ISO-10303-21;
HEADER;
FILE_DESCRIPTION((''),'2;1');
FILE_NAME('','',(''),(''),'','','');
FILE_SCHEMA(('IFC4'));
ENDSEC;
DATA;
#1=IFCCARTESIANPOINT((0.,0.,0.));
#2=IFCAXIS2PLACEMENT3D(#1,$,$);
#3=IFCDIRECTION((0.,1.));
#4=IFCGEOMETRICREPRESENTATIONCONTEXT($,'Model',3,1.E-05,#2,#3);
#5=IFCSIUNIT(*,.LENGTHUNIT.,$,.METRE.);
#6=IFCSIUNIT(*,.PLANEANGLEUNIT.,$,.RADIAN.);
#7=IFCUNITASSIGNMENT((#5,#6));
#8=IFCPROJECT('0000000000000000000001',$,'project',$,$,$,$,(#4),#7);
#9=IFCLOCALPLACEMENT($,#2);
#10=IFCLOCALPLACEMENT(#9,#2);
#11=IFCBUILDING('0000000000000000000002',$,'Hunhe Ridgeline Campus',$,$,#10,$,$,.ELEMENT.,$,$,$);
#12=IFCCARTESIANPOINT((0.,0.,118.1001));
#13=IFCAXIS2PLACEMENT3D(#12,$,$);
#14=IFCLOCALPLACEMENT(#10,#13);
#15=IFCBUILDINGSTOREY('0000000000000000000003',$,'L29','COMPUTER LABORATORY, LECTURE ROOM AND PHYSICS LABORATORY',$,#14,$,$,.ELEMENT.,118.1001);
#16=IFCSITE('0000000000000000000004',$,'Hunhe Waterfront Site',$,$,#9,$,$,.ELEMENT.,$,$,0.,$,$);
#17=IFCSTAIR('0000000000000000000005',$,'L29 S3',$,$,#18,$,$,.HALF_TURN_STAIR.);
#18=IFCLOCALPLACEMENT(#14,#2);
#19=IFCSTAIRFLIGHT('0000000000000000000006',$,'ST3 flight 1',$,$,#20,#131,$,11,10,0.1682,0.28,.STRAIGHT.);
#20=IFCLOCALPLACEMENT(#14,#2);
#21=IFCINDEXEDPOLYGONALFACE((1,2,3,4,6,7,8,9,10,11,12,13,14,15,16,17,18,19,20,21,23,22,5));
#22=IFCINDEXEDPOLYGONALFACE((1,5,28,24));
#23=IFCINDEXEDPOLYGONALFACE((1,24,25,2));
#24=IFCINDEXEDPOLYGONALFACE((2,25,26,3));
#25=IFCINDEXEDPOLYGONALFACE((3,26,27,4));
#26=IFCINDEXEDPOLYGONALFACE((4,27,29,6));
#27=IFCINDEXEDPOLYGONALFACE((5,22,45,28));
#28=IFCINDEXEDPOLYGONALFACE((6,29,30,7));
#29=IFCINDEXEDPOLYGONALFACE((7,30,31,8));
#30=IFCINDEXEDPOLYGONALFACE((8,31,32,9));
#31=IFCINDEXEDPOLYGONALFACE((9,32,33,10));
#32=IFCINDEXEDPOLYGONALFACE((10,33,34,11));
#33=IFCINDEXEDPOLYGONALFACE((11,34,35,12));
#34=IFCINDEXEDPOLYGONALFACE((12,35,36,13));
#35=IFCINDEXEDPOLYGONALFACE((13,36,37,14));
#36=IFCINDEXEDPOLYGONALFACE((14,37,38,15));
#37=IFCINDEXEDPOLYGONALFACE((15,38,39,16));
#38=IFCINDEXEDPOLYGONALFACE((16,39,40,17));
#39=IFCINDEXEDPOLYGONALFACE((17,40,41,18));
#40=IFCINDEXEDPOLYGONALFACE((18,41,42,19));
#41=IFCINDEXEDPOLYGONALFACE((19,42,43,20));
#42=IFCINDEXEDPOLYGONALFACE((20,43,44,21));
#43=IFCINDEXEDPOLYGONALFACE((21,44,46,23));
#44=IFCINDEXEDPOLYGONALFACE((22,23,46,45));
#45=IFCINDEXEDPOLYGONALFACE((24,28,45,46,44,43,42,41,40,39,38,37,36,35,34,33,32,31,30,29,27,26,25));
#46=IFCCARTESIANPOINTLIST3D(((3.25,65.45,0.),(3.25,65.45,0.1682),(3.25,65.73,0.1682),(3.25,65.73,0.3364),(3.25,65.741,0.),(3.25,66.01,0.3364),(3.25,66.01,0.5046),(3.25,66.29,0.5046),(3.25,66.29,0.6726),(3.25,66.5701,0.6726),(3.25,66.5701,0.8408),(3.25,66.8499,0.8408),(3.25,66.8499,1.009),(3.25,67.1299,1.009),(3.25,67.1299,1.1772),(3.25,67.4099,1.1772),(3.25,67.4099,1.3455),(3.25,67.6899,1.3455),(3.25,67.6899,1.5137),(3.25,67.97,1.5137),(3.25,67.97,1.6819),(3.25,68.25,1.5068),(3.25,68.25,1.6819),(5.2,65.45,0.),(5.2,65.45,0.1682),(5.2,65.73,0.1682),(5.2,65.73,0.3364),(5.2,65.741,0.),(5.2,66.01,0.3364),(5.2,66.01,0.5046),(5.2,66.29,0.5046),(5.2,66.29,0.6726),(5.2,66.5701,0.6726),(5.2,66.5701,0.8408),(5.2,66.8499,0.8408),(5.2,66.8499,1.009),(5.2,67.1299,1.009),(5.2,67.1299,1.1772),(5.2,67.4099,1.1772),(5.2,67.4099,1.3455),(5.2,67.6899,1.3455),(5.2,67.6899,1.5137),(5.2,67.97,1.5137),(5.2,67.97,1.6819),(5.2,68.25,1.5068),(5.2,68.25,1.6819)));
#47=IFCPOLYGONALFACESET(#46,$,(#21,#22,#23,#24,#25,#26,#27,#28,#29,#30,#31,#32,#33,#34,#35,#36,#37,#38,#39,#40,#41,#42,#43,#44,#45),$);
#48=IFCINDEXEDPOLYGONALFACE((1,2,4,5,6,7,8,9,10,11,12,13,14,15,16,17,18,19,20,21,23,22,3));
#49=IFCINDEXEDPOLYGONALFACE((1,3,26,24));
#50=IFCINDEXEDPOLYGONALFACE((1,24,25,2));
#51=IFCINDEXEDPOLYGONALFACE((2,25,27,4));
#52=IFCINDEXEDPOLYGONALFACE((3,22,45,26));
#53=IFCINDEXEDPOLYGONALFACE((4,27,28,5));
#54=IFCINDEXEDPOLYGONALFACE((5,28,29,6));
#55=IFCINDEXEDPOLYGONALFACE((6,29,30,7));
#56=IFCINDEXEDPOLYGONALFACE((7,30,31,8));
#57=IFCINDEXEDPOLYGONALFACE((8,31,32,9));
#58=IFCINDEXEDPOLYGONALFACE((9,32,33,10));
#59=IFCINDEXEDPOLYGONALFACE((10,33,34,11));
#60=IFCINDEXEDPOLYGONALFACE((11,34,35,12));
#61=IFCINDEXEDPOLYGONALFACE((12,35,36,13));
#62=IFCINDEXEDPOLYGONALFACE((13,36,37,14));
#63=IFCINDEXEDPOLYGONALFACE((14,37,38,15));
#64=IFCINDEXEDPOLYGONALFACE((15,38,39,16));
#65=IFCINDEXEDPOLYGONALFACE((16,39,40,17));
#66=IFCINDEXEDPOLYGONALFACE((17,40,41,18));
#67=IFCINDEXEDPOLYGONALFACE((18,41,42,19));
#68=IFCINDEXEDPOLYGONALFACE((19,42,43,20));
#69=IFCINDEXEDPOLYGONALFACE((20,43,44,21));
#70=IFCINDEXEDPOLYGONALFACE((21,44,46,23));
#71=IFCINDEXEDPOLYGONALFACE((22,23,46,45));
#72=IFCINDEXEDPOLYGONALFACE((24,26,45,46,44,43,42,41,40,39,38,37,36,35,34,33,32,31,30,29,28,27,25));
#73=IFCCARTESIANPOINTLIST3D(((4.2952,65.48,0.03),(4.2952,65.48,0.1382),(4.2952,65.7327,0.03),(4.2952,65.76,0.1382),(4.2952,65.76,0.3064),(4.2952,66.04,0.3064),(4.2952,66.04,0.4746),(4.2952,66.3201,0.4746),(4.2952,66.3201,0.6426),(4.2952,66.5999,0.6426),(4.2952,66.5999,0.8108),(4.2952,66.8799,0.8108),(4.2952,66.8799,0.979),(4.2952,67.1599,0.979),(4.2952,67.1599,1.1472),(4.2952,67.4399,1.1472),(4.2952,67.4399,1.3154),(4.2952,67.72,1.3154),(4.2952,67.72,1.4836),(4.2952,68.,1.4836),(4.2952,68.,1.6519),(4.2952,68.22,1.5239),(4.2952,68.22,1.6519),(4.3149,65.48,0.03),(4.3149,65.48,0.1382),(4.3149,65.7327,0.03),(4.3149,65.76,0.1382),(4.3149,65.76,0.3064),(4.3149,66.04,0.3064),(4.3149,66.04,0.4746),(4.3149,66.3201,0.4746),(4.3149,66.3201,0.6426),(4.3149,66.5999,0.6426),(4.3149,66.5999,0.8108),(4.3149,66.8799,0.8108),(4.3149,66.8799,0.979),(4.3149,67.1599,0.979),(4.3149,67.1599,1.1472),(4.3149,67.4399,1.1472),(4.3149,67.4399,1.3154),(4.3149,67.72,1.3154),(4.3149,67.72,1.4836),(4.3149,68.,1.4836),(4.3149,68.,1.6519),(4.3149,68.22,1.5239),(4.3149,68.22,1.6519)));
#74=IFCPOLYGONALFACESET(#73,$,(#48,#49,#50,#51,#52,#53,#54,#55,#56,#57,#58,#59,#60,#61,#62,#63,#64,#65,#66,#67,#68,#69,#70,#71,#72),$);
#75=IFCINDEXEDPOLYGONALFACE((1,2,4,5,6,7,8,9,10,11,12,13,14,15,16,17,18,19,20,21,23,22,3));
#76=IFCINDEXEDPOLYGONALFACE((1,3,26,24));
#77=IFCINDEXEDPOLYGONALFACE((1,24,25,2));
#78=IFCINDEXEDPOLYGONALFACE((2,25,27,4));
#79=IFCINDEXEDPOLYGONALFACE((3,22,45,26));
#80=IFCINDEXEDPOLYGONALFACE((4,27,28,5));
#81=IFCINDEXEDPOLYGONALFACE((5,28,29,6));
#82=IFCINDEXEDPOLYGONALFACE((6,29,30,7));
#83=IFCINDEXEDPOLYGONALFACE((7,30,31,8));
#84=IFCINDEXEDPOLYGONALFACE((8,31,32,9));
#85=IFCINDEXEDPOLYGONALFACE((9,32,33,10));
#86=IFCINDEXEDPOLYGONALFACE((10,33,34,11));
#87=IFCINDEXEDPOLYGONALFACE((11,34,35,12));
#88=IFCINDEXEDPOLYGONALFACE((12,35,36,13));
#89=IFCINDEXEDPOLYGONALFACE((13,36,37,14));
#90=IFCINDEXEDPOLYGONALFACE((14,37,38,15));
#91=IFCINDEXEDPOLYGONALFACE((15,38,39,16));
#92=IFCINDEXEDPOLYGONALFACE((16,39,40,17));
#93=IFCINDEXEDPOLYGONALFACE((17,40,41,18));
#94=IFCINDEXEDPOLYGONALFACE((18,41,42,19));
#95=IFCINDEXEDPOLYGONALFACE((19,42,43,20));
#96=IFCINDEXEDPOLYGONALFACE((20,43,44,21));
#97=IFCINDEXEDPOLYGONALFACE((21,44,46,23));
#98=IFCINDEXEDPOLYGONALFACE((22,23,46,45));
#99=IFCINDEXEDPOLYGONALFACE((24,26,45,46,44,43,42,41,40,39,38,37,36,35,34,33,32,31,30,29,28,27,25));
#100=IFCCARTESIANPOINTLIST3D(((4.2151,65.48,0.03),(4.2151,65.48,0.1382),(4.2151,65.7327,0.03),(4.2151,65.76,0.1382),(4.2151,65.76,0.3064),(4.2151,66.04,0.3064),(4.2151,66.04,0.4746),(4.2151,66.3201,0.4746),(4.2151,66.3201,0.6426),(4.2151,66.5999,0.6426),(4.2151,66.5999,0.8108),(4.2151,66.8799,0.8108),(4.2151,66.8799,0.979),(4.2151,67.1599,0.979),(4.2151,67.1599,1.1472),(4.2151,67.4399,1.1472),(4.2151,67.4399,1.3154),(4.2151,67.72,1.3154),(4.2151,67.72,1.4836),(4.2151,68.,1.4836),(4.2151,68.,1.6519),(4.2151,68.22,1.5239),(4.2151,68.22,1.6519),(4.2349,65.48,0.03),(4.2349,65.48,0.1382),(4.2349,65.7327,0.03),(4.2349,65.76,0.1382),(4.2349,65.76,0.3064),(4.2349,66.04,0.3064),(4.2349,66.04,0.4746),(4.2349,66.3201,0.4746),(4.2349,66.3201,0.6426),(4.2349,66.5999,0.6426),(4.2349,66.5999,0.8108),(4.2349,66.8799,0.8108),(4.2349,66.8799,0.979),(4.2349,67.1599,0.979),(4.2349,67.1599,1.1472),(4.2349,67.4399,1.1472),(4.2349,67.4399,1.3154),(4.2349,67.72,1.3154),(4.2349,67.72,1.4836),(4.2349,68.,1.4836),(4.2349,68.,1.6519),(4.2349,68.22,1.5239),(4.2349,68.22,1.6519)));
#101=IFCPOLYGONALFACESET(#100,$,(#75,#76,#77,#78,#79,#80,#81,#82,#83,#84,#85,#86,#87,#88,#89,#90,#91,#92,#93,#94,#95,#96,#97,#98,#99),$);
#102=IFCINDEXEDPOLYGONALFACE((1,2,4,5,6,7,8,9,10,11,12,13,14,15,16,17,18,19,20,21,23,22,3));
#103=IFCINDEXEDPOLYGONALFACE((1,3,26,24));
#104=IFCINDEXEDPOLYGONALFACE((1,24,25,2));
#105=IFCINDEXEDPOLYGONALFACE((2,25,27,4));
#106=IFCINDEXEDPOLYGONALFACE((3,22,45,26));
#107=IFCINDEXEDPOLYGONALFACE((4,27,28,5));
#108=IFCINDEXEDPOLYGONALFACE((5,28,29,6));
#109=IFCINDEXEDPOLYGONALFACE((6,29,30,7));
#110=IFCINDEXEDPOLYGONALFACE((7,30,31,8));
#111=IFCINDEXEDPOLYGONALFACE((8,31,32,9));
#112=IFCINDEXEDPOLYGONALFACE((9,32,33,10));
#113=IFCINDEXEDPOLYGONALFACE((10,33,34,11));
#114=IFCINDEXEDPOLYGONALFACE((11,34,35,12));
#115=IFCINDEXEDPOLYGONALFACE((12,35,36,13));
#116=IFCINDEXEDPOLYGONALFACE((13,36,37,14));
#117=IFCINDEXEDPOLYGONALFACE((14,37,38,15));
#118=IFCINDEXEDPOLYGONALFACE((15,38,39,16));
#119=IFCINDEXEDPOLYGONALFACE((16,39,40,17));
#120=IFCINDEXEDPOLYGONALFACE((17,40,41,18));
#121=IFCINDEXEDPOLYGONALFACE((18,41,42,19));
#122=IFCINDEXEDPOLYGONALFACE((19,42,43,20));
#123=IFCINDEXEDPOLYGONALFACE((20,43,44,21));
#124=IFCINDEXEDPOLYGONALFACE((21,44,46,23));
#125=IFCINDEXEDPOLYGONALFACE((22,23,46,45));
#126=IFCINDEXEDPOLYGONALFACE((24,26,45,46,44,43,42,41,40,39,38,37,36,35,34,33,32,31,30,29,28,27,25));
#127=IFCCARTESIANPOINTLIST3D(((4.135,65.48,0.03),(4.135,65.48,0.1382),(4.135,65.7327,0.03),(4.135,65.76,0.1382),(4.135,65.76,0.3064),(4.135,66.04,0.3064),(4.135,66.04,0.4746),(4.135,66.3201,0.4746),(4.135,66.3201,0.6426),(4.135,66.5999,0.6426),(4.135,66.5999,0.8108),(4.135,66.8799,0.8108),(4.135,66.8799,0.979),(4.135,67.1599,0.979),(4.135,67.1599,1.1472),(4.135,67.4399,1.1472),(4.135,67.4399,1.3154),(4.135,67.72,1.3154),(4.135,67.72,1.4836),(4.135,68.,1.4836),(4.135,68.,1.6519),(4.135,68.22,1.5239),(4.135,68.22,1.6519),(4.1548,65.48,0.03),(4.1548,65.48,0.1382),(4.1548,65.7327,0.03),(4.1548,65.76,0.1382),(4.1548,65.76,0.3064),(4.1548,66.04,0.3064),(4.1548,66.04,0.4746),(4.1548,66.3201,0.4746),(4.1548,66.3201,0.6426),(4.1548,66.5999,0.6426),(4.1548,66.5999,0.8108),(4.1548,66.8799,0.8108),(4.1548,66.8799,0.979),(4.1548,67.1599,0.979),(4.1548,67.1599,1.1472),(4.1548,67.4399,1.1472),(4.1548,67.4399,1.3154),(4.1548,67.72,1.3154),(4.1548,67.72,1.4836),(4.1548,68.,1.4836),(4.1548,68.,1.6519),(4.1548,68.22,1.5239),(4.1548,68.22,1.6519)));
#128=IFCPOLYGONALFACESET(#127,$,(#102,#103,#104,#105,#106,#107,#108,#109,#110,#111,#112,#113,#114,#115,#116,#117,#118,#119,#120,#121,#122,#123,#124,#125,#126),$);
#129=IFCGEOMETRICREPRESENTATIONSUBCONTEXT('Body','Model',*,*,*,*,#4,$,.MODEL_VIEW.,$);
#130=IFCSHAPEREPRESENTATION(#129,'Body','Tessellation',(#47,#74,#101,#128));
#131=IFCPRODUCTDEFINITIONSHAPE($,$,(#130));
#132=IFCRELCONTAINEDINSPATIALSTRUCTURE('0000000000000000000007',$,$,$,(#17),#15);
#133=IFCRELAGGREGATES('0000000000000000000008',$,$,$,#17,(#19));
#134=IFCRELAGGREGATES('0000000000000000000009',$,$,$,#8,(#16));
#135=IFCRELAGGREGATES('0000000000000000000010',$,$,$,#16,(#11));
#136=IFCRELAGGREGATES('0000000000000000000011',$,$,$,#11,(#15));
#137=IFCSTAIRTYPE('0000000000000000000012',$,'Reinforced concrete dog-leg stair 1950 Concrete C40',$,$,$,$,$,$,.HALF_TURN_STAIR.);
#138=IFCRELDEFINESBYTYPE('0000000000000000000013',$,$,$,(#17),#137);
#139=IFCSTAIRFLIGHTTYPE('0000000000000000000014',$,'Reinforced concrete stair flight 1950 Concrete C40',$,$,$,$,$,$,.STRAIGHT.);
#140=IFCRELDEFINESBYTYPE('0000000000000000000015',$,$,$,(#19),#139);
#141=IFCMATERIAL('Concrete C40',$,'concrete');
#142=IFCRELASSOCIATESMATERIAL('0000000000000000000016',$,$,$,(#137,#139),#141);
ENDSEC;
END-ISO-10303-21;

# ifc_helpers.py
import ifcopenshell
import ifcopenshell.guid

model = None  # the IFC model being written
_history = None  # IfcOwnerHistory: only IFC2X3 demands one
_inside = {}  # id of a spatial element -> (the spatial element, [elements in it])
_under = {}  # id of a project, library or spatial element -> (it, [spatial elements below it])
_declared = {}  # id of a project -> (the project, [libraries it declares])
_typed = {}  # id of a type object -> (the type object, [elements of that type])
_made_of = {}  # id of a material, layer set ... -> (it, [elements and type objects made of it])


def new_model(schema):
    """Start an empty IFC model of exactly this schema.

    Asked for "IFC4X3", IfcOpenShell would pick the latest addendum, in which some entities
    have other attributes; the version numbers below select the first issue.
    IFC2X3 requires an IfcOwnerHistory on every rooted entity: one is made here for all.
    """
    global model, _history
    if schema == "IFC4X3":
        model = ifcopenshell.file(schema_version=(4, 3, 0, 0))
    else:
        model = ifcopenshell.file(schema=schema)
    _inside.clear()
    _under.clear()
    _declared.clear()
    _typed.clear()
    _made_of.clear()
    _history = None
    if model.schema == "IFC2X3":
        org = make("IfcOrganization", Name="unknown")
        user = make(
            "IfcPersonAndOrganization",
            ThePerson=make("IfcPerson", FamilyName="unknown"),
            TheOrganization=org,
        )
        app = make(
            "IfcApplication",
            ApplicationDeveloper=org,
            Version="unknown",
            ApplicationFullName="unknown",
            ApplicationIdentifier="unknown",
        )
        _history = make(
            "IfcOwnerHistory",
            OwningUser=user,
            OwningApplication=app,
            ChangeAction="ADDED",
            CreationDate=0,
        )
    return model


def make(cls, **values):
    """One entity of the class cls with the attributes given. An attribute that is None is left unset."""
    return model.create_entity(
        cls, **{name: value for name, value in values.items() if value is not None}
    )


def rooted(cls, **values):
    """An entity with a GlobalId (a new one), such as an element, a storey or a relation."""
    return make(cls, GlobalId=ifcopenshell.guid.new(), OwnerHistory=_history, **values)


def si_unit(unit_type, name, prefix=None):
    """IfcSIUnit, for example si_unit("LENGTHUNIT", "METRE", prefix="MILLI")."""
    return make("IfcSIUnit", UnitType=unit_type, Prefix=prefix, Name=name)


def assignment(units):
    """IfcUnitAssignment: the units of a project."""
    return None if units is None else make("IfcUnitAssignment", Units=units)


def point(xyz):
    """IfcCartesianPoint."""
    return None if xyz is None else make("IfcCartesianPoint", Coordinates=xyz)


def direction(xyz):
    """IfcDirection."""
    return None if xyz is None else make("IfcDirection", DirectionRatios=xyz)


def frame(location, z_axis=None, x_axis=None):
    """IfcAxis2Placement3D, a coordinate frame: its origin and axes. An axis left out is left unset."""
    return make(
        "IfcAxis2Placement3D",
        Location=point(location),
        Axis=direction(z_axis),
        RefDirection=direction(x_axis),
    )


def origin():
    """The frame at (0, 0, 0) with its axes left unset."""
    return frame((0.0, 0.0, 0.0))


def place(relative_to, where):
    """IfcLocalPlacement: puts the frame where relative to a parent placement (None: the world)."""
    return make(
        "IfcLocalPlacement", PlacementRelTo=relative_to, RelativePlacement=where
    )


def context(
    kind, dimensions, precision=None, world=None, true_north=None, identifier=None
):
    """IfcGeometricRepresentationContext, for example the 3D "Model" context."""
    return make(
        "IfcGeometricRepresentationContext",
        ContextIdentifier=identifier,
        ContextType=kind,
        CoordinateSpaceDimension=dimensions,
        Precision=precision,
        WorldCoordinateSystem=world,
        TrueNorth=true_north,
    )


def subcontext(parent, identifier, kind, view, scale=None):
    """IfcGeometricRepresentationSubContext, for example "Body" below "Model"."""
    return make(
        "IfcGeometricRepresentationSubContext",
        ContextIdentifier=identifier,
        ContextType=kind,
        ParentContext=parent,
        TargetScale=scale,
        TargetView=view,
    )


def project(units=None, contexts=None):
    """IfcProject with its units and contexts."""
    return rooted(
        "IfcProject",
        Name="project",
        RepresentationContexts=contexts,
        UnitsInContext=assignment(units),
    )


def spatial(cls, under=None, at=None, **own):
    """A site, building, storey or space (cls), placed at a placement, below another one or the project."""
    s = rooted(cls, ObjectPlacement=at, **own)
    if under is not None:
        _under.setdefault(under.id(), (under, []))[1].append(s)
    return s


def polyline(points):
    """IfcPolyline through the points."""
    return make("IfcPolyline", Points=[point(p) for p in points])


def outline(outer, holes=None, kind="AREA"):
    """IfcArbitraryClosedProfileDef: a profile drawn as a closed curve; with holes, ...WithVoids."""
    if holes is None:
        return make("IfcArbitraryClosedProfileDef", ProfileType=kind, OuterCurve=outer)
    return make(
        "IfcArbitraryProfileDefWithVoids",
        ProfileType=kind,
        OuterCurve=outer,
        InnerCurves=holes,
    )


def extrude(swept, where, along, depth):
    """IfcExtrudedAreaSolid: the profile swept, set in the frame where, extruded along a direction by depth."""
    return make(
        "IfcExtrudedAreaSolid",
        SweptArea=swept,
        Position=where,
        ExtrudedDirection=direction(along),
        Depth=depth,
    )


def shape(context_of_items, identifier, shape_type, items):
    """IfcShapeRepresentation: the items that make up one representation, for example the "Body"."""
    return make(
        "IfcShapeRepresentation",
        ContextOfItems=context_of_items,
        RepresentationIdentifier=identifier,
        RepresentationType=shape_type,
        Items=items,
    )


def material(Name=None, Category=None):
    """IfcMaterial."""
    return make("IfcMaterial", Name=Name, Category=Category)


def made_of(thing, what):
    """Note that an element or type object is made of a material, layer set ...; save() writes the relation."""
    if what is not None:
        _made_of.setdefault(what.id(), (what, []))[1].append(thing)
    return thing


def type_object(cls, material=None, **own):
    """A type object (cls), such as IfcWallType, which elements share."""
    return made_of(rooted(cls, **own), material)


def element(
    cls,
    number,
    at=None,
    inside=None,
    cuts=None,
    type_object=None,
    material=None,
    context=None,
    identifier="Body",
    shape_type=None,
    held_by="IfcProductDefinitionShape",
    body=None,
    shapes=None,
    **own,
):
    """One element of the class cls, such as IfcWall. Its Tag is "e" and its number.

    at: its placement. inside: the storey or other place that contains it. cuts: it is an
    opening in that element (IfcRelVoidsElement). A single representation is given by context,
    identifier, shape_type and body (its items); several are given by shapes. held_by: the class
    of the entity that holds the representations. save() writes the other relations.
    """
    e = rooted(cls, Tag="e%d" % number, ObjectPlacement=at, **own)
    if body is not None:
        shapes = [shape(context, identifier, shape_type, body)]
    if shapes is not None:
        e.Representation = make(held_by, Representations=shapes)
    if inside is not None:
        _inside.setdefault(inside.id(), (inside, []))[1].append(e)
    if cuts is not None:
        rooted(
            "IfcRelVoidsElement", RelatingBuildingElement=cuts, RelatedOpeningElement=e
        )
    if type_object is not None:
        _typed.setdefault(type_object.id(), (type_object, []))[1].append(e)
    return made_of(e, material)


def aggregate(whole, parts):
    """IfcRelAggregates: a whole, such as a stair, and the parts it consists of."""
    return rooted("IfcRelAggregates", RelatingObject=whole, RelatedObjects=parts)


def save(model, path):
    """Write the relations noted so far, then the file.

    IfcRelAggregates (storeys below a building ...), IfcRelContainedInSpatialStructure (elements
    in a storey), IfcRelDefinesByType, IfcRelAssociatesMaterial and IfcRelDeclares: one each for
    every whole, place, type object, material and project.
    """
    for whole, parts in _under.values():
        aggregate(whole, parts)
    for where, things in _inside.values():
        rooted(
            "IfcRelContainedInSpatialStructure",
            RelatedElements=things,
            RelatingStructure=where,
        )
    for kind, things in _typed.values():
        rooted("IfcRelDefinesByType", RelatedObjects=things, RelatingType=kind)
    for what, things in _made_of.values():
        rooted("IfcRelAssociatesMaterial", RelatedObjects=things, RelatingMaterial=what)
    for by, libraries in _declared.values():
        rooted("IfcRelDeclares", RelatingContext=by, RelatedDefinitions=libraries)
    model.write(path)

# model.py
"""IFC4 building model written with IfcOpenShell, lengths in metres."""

from ifc_helpers import new_model, si_unit, direction, frame, origin, place, context, subcontext, project, spatial, polyline, outline, extrude, material, type_object, element, aggregate, save


model = new_model("IFC4")

# Units and contexts
model_context = context("Model", 3, precision=1e-05, world=origin(), true_north=direction((0.0, 1.0)))
body_context = subcontext(model_context, "Body", "Model", "MODEL_VIEW")
ifc_project = project(units=[si_unit("LENGTHUNIT", "METRE"), si_unit("PLANEANGLEUNIT", "RADIAN")], contexts=[model_context])

# Site, building, storey
site_placement = place(None, origin())
site = spatial("IfcSite", under=ifc_project, at=site_placement, Name="Hunhe Waterfront Site", CompositionType="ELEMENT", RefElevation=0.0)
building_placement = place(site_placement, origin())
building = spatial("IfcBuilding", under=site, at=building_placement, Name="Hunhe Ridgeline Campus", CompositionType="ELEMENT")
storey_placement = place(building_placement, frame((0.0, 0.0, 118.1001)))
storey = spatial("IfcBuildingStorey", under=building, at=storey_placement, Name="L29", Description="COMPUTER LABORATORY, LECTURE ROOM AND PHYSICS LABORATORY", CompositionType="ELEMENT", Elevation=118.1001)

# Stair, stair flight
ifc_material_1 = material(Name="Concrete C40", Category="concrete")
stair_type = type_object("IfcStairType", Name="Reinforced concrete dog-leg stair 1950 Concrete C40", PredefinedType="HALF_TURN_STAIR", material=ifc_material_1)
stair_1_placement = place(storey_placement, origin())
stair_1 = element("IfcStair", 1, at=stair_1_placement, inside=storey, type_object=stair_type, Name="L29 S3", PredefinedType="HALF_TURN_STAIR")
stair_flight_type = type_object("IfcStairFlightType", Name="Reinforced concrete stair flight 1950 Concrete C40", PredefinedType="STRAIGHT", material=ifc_material_1)
stair_flight_1_placement = place(storey_placement, frame((4.2251, 65.45, 0.0), z_axis=(0.0, 0.0, 1.0), x_axis=(0.0, 1.0, 0.0)))
stair_flight_1 = element("IfcStairFlight", 2, at=stair_flight_1_placement, type_object=stair_flight_type, Name="ST3 flight 1", NumberOfRisers=11, NumberOfTreads=10, PredefinedType="STRAIGHT", RiserHeight=0.1682, TreadLength=0.28, context=body_context, shape_type="SweptSolid", body=[
    extrude(outline(polyline([(0.0, 0.0), (0.0, 0.1682), (0.28, 0.1682), (0.28, 0.3364), (0.5601, 0.3364), (0.5601, 0.5046), (0.8401, 0.5046), (0.8401, 0.6726), (1.1201, 0.6726), (1.1201, 0.8408), (1.3999, 0.8408), (1.3999, 1.009), (1.6799, 1.009), (1.6799, 1.1772), (1.96, 1.1772), (1.96, 1.3455), (2.24, 1.3455), (2.24, 1.5137), (2.52, 1.5137), (2.52, 1.6819), (2.8, 1.6819), (2.8, 1.8501), (2.8, 1.5068), (0.291, 0.0), (0.0, 0.0)])), frame((0.0, 0.9751, 0.0), z_axis=(0.0, -1.0, 0.0), x_axis=(1.0, 0.0, 0.0)), (0.0, 0.0, 1.0), 1.95),
    extrude(outline(polyline([(0.03, 0.03), (0.03, 0.1382), (0.3101, 0.1382), (0.3101, 0.3064), (0.5901, 0.3064), (0.5901, 0.4746), (0.8701, 0.4746), (0.8701, 0.6426), (1.1499, 0.6426), (1.1499, 0.8108), (1.4299, 0.8108), (1.4299, 0.979), (1.71, 0.979), (1.71, 1.1472), (1.99, 1.1472), (1.99, 1.3154), (2.27, 1.3154), (2.27, 1.4836), (2.55, 1.4836), (2.55, 1.6519), (2.77, 1.6519), (2.77, 1.5239), (0.2827, 0.03), (0.03, 0.03)])), frame((0.0, -0.0701, 0.0), z_axis=(0.0, -1.0, 0.0), x_axis=(1.0, 0.0, 0.0)), (0.0, 0.0, 1.0), 0.0198),
    extrude(outline(polyline([(0.03, 0.03), (0.03, 0.1382), (0.3101, 0.1382), (0.3101, 0.3064), (0.5901, 0.3064), (0.5901, 0.4746), (0.8701, 0.4746), (0.8701, 0.6426), (1.1499, 0.6426), (1.1499, 0.8108), (1.4299, 0.8108), (1.4299, 0.979), (1.71, 0.979), (1.71, 1.1472), (1.99, 1.1472), (1.99, 1.3154), (2.27, 1.3154), (2.27, 1.4836), (2.55, 1.4836), (2.55, 1.6519), (2.77, 1.6519), (2.77, 1.5239), (0.2827, 0.03), (0.03, 0.03)])), frame((0.0, 0.01, 0.0), z_axis=(0.0, -1.0, 0.0), x_axis=(1.0, 0.0, 0.0)), (0.0, 0.0, 1.0), 0.0198),
    extrude(outline(polyline([(0.03, 0.03), (0.03, 0.1382), (0.3101, 0.1382), (0.3101, 0.3064), (0.5901, 0.3064), (0.5901, 0.4746), (0.8701, 0.4746), (0.8701, 0.6426), (1.1499, 0.6426), (1.1499, 0.8108), (1.4299, 0.8108), (1.4299, 0.979), (1.71, 0.979), (1.71, 1.1472), (1.99, 1.1472), (1.99, 1.3154), (2.27, 1.3154), (2.27, 1.4836), (2.55, 1.4836), (2.55, 1.6519), (2.77, 1.6519), (2.77, 1.5239), (0.2827, 0.03), (0.03, 0.03)])), frame((0.0, 0.0901, 0.0), z_axis=(0.0, -1.0, 0.0), x_axis=(1.0, 0.0, 0.0)), (0.0, 0.0, 1.0), 0.0198),
])
aggregate(stair_1, [stair_flight_1])

save(model, "model.ifc")
